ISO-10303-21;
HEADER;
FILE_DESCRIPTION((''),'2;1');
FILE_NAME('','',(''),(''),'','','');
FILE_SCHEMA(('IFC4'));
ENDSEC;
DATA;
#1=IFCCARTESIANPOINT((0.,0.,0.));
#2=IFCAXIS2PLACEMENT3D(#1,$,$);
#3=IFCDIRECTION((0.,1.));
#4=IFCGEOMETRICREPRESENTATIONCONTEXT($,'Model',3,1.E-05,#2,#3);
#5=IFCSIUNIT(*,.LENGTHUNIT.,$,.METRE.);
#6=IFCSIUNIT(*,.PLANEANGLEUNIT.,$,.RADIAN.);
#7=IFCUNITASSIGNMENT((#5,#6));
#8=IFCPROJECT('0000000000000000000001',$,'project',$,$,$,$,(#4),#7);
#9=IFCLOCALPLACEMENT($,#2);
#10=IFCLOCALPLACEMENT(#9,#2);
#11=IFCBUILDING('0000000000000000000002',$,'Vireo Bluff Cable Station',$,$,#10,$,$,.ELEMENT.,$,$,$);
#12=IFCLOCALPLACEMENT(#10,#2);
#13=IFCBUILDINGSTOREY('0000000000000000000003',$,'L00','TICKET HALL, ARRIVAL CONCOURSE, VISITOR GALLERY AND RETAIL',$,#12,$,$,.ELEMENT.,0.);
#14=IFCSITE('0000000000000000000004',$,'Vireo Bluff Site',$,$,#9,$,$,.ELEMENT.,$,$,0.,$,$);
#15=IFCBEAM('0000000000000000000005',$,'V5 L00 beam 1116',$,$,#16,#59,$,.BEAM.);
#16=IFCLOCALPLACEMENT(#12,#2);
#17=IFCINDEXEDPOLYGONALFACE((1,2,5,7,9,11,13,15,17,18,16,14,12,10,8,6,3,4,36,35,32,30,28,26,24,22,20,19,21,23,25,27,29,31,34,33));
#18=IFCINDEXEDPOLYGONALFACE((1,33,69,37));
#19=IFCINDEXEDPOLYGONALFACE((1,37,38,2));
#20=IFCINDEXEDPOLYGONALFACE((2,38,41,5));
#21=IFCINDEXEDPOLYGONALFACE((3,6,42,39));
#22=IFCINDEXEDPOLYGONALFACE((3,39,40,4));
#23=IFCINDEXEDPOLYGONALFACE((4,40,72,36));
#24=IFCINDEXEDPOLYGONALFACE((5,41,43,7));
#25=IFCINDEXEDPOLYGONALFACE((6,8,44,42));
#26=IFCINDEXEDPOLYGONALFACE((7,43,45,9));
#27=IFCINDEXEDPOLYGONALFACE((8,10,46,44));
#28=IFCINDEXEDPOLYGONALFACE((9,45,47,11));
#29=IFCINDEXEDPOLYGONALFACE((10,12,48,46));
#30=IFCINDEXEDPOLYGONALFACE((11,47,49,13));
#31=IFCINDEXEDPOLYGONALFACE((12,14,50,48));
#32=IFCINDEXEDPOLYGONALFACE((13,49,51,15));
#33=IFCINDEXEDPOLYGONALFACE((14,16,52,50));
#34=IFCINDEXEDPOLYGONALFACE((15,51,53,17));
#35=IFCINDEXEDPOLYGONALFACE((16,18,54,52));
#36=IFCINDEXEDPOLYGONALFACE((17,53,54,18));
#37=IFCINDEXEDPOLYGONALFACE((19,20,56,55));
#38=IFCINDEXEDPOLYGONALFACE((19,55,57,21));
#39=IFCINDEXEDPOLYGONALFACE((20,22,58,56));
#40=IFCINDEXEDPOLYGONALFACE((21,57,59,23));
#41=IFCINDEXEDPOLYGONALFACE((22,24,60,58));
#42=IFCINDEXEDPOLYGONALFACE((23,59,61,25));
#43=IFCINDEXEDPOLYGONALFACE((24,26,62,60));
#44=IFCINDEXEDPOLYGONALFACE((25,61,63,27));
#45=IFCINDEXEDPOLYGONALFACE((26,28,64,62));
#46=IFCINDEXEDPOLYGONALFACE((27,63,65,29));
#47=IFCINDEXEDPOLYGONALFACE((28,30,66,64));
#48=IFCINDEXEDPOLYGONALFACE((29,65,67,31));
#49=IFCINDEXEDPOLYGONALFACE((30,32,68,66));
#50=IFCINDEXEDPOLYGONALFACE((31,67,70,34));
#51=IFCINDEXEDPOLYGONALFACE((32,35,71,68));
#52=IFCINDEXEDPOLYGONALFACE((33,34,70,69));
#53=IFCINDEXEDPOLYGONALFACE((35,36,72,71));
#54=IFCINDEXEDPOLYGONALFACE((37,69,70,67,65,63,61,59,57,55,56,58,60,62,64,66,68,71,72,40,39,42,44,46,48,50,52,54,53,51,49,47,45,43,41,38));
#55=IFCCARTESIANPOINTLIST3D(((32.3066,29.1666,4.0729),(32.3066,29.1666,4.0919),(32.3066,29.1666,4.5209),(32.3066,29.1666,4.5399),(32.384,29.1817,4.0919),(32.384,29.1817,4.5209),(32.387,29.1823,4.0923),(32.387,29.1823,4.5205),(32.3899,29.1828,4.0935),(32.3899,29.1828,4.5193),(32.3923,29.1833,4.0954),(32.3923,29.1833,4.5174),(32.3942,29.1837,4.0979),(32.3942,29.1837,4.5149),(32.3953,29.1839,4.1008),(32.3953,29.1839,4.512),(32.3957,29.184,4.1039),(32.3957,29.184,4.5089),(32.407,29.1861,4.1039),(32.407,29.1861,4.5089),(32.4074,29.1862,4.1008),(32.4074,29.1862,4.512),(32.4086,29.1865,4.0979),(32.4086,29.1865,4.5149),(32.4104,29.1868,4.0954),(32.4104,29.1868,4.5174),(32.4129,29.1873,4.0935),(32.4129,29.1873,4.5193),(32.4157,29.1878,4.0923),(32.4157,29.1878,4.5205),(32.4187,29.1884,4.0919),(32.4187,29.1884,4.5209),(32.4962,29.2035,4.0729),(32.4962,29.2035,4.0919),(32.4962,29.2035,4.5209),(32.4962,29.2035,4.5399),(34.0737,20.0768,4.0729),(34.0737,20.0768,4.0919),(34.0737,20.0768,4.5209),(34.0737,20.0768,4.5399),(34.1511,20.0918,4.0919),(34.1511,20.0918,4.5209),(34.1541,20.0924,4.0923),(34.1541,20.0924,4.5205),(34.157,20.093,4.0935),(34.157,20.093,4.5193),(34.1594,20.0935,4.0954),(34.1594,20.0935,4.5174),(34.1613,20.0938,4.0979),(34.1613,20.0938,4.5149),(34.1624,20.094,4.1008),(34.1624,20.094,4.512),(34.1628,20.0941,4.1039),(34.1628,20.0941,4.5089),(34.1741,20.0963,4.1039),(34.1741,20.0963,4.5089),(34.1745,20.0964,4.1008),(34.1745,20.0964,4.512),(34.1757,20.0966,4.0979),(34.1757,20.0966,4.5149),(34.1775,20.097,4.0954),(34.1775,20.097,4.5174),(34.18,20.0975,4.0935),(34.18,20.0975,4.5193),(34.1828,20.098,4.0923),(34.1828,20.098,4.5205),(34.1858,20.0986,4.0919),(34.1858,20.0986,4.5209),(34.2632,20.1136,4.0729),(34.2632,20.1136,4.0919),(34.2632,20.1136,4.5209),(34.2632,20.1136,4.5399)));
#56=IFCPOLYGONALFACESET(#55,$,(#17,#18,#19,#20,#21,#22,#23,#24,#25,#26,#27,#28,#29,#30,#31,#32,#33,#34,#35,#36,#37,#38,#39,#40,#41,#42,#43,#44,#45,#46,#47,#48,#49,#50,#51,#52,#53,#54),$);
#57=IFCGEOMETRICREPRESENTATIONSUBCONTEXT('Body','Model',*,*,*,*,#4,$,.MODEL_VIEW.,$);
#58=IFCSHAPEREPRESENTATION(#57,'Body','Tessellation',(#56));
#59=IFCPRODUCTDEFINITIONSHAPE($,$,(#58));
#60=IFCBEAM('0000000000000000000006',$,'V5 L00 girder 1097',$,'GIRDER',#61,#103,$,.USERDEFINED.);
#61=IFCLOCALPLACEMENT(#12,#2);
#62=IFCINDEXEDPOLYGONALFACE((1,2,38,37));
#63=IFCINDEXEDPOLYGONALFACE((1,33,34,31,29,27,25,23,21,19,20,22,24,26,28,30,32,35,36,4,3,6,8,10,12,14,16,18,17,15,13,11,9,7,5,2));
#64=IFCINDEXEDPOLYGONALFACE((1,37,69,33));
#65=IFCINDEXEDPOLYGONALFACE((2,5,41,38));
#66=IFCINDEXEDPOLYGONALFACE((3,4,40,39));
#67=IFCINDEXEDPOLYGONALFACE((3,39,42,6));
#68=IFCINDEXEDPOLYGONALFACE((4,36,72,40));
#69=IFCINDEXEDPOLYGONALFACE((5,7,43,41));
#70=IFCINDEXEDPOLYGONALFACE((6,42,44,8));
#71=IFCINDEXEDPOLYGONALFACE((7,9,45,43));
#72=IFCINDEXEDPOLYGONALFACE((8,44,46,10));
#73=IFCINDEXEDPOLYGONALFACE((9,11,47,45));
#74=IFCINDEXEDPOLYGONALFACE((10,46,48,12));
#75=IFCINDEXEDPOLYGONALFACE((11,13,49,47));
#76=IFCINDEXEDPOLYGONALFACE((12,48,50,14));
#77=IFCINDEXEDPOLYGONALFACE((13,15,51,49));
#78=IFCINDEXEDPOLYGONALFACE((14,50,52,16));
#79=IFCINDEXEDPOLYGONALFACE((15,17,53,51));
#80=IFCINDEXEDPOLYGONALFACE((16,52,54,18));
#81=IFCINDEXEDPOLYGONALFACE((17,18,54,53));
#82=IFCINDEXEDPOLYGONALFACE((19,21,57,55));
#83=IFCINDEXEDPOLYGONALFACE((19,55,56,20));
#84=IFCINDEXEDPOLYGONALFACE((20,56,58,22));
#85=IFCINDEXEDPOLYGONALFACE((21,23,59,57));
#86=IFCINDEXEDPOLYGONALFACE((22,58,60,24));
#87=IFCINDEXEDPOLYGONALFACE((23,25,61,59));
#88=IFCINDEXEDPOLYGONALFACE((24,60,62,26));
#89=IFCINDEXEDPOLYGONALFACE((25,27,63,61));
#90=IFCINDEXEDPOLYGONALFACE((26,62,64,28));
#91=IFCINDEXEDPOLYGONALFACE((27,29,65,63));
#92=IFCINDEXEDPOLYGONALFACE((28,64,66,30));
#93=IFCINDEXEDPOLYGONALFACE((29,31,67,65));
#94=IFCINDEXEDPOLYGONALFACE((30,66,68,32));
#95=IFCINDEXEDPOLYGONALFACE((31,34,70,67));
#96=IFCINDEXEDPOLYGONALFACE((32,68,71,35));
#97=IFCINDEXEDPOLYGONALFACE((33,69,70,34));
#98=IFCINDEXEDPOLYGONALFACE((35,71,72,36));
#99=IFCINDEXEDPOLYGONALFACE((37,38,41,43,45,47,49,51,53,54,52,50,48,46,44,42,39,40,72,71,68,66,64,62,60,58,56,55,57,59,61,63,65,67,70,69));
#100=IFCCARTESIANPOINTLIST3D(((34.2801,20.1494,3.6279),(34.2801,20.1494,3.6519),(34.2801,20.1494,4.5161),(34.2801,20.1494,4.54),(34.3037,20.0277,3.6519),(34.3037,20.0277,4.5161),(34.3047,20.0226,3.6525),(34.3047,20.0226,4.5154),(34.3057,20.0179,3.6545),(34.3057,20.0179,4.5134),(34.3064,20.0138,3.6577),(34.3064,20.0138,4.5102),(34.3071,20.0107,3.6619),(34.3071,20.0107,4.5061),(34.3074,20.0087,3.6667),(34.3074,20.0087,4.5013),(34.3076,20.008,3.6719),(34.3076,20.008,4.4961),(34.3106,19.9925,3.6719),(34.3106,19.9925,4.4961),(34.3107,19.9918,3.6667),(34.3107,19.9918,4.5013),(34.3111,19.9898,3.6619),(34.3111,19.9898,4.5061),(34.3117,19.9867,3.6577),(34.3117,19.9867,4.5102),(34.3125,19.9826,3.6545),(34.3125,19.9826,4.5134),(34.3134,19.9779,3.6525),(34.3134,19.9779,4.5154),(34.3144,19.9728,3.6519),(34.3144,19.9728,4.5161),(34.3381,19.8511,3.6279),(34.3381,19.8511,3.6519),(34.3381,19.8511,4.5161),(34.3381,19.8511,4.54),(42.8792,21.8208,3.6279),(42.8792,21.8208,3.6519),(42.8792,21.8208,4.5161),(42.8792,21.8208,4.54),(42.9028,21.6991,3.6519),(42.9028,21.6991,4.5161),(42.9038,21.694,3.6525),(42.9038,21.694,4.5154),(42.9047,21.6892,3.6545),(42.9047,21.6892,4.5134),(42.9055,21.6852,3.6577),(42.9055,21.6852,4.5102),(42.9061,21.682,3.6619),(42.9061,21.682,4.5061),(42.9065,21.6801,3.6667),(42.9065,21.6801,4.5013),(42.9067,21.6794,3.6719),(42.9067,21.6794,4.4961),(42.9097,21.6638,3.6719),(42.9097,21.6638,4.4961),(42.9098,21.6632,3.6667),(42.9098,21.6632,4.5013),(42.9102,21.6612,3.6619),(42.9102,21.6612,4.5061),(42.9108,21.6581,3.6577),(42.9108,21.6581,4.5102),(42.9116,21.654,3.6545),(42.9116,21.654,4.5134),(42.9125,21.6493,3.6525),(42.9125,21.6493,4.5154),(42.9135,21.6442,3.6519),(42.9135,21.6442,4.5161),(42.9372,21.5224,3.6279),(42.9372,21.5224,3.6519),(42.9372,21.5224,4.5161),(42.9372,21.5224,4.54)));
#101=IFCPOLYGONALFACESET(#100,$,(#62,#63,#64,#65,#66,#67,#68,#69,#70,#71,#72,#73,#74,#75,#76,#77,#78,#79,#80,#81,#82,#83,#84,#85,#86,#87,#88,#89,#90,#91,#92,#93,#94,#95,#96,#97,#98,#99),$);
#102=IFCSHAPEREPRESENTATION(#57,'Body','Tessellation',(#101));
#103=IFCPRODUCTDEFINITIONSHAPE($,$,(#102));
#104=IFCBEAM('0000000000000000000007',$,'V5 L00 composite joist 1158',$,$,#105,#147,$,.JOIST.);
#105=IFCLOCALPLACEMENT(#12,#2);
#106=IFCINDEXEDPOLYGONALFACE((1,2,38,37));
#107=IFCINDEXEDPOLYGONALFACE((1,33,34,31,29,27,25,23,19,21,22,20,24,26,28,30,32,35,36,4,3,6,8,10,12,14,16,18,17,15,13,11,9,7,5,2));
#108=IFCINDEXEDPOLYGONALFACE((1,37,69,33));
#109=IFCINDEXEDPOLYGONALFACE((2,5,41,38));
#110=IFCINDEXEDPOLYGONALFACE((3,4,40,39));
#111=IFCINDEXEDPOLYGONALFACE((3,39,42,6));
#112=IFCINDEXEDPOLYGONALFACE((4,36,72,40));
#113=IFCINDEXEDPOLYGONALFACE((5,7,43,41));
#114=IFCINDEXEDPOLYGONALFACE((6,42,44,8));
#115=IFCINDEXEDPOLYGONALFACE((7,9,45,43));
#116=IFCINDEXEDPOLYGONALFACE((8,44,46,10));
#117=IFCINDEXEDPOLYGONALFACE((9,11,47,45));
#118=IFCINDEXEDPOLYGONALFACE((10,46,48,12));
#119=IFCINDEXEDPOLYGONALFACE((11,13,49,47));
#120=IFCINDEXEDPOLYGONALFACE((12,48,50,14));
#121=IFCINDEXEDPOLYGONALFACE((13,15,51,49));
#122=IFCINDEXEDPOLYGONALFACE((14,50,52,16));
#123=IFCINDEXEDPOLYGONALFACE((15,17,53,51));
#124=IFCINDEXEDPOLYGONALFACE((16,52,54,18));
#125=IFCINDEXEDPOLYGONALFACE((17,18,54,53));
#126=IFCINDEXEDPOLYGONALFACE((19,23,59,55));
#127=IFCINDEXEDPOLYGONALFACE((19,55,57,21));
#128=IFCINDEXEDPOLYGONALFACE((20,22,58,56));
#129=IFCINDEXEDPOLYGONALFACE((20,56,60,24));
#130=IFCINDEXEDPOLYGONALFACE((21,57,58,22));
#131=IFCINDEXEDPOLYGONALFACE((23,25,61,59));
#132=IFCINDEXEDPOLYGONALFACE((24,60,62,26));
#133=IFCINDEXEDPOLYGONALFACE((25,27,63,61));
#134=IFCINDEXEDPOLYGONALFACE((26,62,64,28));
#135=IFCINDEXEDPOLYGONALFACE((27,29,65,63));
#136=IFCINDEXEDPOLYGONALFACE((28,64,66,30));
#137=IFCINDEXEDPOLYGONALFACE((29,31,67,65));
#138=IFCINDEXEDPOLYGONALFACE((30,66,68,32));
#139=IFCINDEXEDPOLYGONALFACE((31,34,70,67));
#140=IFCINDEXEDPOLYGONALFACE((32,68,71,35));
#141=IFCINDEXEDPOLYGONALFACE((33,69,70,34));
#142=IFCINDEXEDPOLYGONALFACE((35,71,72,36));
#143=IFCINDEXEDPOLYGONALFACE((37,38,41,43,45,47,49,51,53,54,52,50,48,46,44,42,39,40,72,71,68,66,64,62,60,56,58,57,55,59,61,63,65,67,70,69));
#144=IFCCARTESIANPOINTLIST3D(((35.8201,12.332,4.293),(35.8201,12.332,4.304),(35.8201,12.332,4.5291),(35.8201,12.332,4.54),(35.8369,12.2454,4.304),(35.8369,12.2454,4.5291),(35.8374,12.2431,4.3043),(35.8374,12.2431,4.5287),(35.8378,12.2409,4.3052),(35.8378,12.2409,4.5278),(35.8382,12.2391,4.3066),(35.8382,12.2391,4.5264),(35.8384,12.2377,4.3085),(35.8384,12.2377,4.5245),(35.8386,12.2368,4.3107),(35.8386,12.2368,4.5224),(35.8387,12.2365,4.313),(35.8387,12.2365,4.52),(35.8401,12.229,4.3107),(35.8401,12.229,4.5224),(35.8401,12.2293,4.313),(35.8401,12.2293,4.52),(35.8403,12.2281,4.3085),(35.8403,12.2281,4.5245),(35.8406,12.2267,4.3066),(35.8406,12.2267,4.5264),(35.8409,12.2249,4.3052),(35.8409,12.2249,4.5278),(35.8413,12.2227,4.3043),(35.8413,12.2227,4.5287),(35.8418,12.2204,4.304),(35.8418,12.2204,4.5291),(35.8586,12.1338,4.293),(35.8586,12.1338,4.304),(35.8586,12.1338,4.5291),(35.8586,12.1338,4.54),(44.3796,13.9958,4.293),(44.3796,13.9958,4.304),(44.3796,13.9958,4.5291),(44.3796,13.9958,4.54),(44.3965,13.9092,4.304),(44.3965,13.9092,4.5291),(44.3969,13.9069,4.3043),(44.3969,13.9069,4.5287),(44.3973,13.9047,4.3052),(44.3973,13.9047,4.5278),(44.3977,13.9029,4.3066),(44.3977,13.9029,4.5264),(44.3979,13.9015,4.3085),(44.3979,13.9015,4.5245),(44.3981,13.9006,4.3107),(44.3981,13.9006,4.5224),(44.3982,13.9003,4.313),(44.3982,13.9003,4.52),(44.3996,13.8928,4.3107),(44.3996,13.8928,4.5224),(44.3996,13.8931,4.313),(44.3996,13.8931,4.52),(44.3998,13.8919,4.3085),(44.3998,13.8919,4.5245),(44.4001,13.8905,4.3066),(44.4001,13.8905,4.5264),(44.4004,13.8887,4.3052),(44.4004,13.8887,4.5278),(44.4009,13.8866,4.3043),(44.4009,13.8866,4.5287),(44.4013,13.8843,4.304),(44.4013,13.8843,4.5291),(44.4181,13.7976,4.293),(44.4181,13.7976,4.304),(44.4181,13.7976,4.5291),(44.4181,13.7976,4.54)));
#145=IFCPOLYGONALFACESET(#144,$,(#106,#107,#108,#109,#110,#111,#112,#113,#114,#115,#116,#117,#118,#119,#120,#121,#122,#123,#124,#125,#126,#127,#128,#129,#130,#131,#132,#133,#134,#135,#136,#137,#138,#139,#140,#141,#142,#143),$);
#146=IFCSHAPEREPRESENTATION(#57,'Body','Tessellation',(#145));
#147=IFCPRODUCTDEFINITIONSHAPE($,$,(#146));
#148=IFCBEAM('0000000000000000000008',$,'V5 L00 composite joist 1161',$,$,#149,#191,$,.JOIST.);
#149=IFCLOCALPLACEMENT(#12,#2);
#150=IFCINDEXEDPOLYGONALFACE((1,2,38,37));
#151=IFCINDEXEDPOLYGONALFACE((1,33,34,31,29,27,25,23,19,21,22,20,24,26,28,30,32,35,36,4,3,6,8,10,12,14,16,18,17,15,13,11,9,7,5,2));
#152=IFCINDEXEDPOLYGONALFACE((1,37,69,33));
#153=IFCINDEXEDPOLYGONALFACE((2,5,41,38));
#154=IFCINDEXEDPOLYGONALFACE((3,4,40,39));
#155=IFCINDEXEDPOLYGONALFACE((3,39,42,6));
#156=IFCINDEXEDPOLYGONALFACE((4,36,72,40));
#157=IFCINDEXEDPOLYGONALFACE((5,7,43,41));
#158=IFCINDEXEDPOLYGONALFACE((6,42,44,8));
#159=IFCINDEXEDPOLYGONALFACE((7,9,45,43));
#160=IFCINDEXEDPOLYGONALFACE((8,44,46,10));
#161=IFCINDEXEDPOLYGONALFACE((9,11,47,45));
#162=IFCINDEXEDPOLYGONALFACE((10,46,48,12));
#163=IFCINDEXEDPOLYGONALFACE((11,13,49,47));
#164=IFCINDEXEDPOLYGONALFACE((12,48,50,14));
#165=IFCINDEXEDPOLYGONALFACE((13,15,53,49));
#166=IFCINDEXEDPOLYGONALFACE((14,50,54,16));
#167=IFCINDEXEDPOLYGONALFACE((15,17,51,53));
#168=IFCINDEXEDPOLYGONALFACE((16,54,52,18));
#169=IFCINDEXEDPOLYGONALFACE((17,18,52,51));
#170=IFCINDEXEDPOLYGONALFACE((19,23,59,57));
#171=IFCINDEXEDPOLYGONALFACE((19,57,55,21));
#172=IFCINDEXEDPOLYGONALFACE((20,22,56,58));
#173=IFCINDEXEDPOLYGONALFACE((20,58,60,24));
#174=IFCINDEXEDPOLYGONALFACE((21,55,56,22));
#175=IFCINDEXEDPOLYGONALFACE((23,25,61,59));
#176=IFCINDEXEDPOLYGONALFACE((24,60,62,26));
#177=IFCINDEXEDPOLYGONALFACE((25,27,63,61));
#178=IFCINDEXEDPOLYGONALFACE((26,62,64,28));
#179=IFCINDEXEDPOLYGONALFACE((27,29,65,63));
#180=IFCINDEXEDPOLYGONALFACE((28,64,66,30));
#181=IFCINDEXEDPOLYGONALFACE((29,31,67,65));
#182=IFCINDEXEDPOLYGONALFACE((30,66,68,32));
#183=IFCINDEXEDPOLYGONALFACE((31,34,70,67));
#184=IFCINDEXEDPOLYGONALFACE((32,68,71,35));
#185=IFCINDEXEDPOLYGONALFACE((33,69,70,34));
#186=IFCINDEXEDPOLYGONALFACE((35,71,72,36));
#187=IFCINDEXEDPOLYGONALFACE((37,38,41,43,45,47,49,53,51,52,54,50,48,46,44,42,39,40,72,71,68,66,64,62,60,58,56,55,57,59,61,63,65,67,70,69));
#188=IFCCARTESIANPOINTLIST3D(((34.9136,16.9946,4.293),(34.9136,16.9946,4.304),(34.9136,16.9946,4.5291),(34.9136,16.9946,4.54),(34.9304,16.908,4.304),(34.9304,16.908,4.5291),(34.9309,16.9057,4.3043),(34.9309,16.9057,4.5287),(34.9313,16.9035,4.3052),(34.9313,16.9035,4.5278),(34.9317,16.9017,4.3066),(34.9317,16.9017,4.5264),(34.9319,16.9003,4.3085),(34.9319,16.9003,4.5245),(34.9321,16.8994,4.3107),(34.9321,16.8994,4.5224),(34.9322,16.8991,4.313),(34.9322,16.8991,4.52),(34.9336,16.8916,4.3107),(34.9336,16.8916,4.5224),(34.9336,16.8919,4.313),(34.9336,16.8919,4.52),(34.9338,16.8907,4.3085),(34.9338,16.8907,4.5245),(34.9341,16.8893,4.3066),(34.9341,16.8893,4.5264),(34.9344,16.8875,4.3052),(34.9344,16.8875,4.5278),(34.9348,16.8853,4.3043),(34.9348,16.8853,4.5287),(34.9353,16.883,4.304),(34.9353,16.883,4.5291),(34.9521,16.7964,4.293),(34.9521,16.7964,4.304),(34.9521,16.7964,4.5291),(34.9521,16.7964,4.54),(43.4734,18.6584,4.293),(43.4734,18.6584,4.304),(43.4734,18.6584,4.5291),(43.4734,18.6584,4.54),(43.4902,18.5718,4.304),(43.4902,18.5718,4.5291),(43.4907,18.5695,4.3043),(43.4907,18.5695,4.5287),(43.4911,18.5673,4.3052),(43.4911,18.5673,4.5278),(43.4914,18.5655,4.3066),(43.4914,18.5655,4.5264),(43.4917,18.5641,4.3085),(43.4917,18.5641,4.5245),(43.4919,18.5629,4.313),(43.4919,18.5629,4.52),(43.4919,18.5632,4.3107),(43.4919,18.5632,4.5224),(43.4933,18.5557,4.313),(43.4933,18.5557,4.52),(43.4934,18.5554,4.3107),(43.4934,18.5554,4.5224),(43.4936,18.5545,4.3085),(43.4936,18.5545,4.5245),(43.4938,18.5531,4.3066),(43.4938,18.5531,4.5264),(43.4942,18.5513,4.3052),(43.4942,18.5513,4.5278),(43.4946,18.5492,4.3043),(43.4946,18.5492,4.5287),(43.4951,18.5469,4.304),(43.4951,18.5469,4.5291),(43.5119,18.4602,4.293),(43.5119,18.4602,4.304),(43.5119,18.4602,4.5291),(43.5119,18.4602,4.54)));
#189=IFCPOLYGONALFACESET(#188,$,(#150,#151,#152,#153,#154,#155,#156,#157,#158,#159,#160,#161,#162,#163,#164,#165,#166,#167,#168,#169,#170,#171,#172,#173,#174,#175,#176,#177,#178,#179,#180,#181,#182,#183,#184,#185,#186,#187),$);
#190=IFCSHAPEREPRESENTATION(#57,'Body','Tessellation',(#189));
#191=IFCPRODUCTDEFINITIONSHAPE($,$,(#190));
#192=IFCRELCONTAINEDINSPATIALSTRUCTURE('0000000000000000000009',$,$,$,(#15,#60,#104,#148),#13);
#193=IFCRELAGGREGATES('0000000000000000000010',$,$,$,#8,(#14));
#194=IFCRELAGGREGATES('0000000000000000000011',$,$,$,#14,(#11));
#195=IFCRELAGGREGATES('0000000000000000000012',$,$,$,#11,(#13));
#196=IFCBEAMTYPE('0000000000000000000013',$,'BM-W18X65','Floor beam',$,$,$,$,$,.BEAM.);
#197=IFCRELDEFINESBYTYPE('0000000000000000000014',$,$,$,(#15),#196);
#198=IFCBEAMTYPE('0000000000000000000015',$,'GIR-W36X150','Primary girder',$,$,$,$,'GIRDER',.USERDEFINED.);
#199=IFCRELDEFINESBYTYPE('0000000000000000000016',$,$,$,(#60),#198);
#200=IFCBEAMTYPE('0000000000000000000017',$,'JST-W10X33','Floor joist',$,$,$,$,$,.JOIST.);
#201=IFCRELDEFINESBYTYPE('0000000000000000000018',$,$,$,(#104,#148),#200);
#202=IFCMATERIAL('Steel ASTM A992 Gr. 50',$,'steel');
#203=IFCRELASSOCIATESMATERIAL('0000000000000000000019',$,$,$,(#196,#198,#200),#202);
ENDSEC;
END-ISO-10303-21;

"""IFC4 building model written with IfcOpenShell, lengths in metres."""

from ifc_helpers import new_model, si_unit, direction, frame, origin, origin_2d, place, context, subcontext, project, spatial, i_section, extrude, material, material_profile, profile_set, type_object, element, save


model = new_model("IFC4")

# Units and contexts
model_context = context("Model", 3, precision=1e-05, world=origin(), true_north=direction((0.0, 1.0)))
body_context = subcontext(model_context, "Body", "Model", "MODEL_VIEW")
ifc_project = project(units=[si_unit("LENGTHUNIT", "METRE"), si_unit("PLANEANGLEUNIT", "RADIAN")], contexts=[model_context])

# Site, building, storey
site_placement = place(None, origin())
site = spatial("IfcSite", under=ifc_project, at=site_placement, Name="Vireo Bluff Site", CompositionType="ELEMENT", RefElevation=0.0)
building_placement = place(site_placement, origin())
building = spatial("IfcBuilding", under=site, at=building_placement, Name="Vireo Bluff Cable Station", CompositionType="ELEMENT")
storey_placement = place(building_placement, origin())
storey = spatial("IfcBuildingStorey", under=building, at=storey_placement, Name="L00", Description="TICKET HALL, ARRIVAL CONCOURSE, VISITOR GALLERY AND RETAIL", CompositionType="ELEMENT", Elevation=0.0)

# Shared definitions
ifc_material_1 = material(Name="Steel ASTM A992 Gr. 50", Category="steel")

# Beams
ifc_material_profile_1 = material_profile(ifc_material_1, i_section(OverallWidth=0.1931, OverallDepth=0.467, WebThickness=0.0115, FlangeThickness=0.019, FilletRadius=0.012, at=origin_2d()), Name="W18X65")
ifc_profile_set_1 = profile_set([ifc_material_profile_1], Name="Steel ASTM A992 Gr. 50")
beam_type_1 = type_object("IfcBeamType", Name="BM-W18X65", Description="Floor beam", PredefinedType="BEAM", material=ifc_profile_set_1)
beam_1_placement = place(storey_placement, frame((34.1685, 20.0952, 4.3064), z_axis=(-0.19083, 0.981623, 0.0), x_axis=(-0.981623, -0.19083, 0.0)))
element("IfcBeam", 1, at=beam_1_placement, inside=storey, type_object=beam_type_1, Name="V5 L00 beam 1116", PredefinedType="BEAM", context=body_context, shape_type="SweptSolid", body=[
    extrude(i_section(OverallWidth=0.1931, OverallDepth=0.467, WebThickness=0.0115, FlangeThickness=0.019, FilletRadius=0.012, at=origin_2d()), origin(), (0.0, 0.0, 1.0), 9.26),
])
ifc_material_profile_2 = material_profile(ifc_material_1, i_section(OverallWidth=0.304, OverallDepth=0.9121, WebThickness=0.0159, FlangeThickness=0.0239, FilletRadius=0.02, at=origin_2d()), Name="W36X150")
ifc_profile_set_2 = profile_set([ifc_material_profile_2], Name="Steel ASTM A992 Gr. 50")
beam_type_2 = type_object("IfcBeamType", Name="GIR-W36X150", Description="Primary girder", ElementType="GIRDER", PredefinedType="USERDEFINED", material=ifc_profile_set_2)
beam_2_placement = place(storey_placement, frame((34.3091, 20.0002, 4.084), z_axis=(0.98163, 0.190797, 0.0), x_axis=(-0.190797, 0.98163, 0.0)))
element("IfcBeam", 2, at=beam_2_placement, inside=storey, type_object=beam_type_2, Name="V5 L00 girder 1097", ObjectType="GIRDER", PredefinedType="USERDEFINED", context=body_context, shape_type="SweptSolid", body=[
    extrude(i_section(OverallWidth=0.304, OverallDepth=0.9121, WebThickness=0.0159, FlangeThickness=0.0239, FilletRadius=0.02, at=origin_2d()), origin(), (0.0, 0.0, 1.0), 8.76),
])
ifc_material_profile_3 = material_profile(ifc_material_1, i_section(OverallWidth=0.2019, OverallDepth=0.2471, WebThickness=0.0073, FlangeThickness=0.011, FilletRadius=0.009, at=origin_2d()), Name="W10X33")
ifc_profile_set_3 = profile_set([ifc_material_profile_3], Name="Steel ASTM A992 Gr. 50")
beam_type_3 = type_object("IfcBeamType", Name="JST-W10X33", Description="Floor joist", PredefinedType="JOIST", material=ifc_profile_set_3)
beam_3_placement = place(storey_placement, frame((35.8394, 12.2329, 4.4165), z_axis=(0.981627, 0.19081, 0.0), x_axis=(-0.19081, 0.981627, 0.0)))
element("IfcBeam", 3, at=beam_3_placement, inside=storey, type_object=beam_type_3, Name="V5 L00 composite joist 1158", PredefinedType="JOIST", context=body_context, shape_type="SweptSolid", body=[
    extrude(i_section(OverallWidth=0.2019, OverallDepth=0.2471, WebThickness=0.0073, FlangeThickness=0.011, FilletRadius=0.009, at=origin_2d()), origin(), (0.0, 0.0, 1.0), 8.7197),
])
beam_4_placement = place(storey_placement, frame((34.9329, 16.8955, 4.4165), z_axis=(0.981628, 0.190804, 0.0), x_axis=(-0.190804, 0.981628, 0.0)))
element("IfcBeam", 4, at=beam_4_placement, inside=storey, type_object=beam_type_3, Name="V5 L00 composite joist 1161", PredefinedType="JOIST", context=body_context, shape_type="SweptSolid", body=[
    extrude(i_section(OverallWidth=0.2019, OverallDepth=0.2471, WebThickness=0.0073, FlangeThickness=0.011, FilletRadius=0.009, at=origin_2d()), origin(), (0.0, 0.0, 1.0), 8.72),
])

save(model, "model.ifc")
